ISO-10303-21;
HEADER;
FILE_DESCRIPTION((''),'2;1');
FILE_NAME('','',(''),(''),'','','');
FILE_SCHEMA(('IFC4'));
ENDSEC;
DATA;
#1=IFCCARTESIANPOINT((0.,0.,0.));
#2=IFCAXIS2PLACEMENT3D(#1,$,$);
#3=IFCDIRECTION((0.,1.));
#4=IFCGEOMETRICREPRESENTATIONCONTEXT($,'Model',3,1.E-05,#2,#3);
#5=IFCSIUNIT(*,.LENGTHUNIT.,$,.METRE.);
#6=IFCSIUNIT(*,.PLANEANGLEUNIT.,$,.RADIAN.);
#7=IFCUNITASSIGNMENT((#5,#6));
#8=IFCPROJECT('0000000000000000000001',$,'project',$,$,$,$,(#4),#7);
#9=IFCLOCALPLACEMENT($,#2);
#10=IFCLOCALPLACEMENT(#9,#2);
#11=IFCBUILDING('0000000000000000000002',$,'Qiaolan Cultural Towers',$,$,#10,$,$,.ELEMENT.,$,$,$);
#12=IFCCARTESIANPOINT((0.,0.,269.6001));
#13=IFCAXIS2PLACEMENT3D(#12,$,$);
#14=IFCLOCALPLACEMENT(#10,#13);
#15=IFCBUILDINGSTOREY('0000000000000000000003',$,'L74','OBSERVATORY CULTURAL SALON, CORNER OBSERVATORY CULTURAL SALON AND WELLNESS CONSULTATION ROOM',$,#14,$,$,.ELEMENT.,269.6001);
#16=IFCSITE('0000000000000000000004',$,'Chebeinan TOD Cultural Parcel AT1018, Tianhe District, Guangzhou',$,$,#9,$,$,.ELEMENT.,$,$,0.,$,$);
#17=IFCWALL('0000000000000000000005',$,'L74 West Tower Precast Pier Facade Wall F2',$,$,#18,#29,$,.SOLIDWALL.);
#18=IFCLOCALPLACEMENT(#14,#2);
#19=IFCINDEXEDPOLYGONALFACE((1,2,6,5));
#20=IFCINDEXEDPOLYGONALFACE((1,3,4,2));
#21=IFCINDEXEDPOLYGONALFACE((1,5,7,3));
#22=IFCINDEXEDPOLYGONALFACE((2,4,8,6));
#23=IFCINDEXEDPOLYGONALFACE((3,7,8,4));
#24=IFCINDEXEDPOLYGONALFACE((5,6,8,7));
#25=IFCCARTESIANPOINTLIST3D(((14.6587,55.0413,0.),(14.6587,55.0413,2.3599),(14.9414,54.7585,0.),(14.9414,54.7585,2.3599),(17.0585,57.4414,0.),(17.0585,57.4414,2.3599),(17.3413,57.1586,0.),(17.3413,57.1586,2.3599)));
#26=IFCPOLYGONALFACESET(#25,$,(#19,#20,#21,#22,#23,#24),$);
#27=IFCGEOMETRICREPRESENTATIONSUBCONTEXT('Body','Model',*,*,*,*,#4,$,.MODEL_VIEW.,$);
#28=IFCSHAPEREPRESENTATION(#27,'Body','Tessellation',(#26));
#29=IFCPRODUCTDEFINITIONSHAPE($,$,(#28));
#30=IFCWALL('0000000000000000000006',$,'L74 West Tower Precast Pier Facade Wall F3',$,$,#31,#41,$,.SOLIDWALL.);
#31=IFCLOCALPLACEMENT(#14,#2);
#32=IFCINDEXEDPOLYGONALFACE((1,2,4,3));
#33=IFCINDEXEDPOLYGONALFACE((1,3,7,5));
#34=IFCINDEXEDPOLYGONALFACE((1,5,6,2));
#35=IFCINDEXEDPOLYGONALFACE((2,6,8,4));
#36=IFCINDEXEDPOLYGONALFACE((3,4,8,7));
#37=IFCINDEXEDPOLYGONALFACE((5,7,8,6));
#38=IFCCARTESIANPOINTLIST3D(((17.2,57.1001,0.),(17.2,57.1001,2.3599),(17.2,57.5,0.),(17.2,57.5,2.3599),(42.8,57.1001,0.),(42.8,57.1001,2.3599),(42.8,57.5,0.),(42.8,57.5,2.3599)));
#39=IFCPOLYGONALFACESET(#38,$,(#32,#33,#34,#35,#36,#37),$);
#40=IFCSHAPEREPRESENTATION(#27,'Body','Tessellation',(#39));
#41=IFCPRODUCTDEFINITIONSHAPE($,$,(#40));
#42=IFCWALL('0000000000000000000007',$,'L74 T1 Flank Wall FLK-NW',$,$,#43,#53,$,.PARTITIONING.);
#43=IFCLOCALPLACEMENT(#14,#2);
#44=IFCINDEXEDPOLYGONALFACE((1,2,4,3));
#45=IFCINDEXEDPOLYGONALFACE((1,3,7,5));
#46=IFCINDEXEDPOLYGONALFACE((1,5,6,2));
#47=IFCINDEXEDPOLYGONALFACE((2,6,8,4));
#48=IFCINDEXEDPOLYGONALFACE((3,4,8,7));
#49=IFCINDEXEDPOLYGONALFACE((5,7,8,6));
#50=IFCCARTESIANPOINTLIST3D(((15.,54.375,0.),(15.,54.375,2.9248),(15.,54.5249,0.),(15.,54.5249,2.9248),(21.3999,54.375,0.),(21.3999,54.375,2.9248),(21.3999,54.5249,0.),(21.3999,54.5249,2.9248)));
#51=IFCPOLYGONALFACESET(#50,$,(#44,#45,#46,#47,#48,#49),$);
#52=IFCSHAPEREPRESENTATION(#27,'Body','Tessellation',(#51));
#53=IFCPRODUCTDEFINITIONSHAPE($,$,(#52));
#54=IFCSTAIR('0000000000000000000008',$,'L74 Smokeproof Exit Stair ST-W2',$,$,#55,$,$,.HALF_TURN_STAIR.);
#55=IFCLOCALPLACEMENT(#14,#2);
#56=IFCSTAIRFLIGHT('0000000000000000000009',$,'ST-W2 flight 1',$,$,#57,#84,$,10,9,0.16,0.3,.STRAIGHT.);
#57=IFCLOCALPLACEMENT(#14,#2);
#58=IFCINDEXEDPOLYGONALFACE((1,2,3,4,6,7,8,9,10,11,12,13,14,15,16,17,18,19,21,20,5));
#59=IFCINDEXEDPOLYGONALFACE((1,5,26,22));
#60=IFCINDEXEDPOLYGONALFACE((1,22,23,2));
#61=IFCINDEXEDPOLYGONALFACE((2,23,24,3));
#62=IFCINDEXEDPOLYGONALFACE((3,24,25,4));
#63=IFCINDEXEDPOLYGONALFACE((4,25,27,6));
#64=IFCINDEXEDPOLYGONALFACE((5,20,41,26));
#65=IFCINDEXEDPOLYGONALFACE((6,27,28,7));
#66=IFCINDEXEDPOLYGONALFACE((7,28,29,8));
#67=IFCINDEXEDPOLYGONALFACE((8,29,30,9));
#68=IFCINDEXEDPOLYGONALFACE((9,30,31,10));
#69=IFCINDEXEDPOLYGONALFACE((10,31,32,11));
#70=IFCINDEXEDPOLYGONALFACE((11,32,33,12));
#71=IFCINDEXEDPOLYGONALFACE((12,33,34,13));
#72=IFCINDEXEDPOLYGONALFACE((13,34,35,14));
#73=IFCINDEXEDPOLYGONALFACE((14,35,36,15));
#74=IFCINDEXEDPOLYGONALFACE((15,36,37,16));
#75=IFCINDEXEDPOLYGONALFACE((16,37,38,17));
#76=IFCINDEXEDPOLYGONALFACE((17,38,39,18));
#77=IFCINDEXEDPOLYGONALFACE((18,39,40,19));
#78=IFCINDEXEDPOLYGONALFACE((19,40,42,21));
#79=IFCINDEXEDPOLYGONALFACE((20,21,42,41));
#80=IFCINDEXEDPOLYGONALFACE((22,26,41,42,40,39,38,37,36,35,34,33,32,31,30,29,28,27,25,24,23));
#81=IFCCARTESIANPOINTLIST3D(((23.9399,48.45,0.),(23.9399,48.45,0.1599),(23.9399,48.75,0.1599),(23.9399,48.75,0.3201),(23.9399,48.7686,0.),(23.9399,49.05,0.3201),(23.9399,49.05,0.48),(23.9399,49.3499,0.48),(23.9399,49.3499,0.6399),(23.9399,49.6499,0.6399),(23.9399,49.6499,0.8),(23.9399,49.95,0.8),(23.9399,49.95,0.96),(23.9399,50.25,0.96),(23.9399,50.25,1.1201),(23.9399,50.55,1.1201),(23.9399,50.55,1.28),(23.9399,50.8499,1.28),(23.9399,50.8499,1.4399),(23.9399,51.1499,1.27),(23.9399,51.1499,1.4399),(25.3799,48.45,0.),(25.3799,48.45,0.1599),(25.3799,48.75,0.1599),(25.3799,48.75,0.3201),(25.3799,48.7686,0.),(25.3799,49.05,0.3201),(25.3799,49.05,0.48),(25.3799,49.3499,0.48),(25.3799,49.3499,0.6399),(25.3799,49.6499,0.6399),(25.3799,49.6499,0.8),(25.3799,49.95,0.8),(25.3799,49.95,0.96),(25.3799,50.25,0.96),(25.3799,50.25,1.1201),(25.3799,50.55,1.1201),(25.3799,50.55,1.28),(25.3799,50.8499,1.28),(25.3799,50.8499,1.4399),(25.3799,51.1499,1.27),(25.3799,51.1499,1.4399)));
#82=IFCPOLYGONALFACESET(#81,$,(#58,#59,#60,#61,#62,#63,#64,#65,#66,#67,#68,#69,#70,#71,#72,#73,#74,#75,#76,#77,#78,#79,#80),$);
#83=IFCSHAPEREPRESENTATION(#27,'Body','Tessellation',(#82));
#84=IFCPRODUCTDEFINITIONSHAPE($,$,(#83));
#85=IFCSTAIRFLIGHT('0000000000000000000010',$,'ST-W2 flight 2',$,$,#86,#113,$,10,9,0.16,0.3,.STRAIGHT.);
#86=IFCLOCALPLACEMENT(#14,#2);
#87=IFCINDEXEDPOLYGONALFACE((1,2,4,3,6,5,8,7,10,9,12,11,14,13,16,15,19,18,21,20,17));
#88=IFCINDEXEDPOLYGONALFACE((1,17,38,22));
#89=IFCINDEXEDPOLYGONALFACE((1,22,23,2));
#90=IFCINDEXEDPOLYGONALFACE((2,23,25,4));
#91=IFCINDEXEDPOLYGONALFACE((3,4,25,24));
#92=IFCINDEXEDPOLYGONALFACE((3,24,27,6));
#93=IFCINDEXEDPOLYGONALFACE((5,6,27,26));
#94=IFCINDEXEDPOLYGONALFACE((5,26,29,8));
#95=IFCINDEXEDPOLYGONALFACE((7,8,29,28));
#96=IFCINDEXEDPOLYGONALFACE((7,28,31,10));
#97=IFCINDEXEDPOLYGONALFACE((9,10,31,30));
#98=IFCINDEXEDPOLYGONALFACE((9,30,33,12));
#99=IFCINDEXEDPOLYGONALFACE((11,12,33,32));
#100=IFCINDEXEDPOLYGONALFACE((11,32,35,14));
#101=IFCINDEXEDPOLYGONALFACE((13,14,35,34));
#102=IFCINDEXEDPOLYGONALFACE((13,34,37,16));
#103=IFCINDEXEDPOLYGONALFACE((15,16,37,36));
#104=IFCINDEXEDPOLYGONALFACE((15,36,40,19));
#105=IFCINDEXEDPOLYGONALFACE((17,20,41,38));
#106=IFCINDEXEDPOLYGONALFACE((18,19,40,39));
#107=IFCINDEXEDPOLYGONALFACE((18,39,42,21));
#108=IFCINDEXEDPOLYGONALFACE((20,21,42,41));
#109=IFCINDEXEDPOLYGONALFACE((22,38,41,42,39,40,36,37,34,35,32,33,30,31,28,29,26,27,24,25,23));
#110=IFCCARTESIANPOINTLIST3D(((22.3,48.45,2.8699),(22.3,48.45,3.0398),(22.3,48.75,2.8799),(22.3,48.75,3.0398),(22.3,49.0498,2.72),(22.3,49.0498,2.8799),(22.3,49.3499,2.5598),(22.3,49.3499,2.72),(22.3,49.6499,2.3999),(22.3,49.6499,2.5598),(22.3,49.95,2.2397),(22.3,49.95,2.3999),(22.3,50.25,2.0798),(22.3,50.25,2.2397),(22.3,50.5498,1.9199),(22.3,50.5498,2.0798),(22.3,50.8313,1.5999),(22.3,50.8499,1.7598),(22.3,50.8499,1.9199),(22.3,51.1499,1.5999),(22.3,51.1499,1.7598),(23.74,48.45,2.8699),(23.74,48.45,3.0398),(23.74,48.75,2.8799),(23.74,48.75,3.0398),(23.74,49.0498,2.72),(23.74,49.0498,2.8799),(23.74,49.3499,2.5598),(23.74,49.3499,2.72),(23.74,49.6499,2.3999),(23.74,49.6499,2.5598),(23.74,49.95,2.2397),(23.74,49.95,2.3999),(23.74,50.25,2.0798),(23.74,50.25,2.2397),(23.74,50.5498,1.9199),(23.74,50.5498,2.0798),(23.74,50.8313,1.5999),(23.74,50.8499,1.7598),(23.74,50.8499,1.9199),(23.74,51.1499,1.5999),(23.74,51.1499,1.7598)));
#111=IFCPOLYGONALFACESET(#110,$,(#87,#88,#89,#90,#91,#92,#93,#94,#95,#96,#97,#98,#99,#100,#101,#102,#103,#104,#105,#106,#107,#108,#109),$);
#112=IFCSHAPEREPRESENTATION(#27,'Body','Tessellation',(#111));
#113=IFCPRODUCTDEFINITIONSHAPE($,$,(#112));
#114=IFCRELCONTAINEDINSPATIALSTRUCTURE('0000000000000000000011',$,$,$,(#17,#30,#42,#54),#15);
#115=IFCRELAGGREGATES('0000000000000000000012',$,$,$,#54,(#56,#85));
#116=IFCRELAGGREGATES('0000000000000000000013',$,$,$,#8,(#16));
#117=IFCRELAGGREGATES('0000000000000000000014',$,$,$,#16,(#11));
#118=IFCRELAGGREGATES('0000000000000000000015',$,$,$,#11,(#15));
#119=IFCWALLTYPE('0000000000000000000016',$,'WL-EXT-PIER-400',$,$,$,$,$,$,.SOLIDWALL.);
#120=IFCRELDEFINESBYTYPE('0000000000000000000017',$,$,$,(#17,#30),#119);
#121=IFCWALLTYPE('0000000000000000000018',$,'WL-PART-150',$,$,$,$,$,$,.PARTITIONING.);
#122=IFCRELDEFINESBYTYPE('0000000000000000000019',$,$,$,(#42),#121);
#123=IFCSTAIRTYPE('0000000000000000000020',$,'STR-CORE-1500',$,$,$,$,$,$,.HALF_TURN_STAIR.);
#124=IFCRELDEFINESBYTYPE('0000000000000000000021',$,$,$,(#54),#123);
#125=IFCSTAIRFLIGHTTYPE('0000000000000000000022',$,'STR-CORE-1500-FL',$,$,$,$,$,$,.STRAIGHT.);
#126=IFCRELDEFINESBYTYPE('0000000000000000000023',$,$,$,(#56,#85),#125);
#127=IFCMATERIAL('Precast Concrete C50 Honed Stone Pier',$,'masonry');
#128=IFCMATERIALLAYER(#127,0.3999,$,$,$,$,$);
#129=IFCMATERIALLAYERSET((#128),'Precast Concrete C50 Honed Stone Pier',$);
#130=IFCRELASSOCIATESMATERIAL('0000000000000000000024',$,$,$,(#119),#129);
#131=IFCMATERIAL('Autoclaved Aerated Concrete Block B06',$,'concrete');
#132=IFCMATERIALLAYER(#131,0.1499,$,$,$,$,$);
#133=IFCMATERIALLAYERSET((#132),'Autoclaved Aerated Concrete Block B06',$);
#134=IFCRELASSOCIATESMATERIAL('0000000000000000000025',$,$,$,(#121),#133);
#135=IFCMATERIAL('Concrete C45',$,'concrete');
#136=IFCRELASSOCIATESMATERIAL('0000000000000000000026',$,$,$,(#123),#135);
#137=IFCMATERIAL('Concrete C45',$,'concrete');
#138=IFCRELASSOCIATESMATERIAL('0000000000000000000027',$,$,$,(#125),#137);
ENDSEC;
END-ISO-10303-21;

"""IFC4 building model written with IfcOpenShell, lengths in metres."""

from ifc_helpers import new_model, si_unit, direction, frame, frame_2d, origin, place, context, subcontext, project, spatial, polyline, rectangle, outline, extrude, material, layer, layer_set, type_object, element, aggregate, save


model = new_model("IFC4")

# Units and contexts
model_context = context("Model", 3, precision=1e-05, world=origin(), true_north=direction((0.0, 1.0)))
body_context = subcontext(model_context, "Body", "Model", "MODEL_VIEW")
ifc_project = project(units=[si_unit("LENGTHUNIT", "METRE"), si_unit("PLANEANGLEUNIT", "RADIAN")], contexts=[model_context])

# Site, building, storey
site_placement = place(None, origin())
site = spatial("IfcSite", under=ifc_project, at=site_placement, Name="Chebeinan TOD Cultural Parcel AT1018, Tianhe District, Guangzhou", CompositionType="ELEMENT", RefElevation=0.0)
building_placement = place(site_placement, origin())
building = spatial("IfcBuilding", under=site, at=building_placement, Name="Qiaolan Cultural Towers", CompositionType="ELEMENT")
storey_placement = place(building_placement, frame((0.0, 0.0, 269.6001)))
storey = spatial("IfcBuildingStorey", under=building, at=storey_placement, Name="L74", Description="OBSERVATORY CULTURAL SALON, CORNER OBSERVATORY CULTURAL SALON AND WELLNESS CONSULTATION ROOM", CompositionType="ELEMENT", Elevation=269.6001)

# Walls
ifc_material_1 = material(Name="Precast Concrete C50 Honed Stone Pier", Category="masonry")
ifc_layer_1 = layer(ifc_material_1, 0.3999)
ifc_layer_set_1 = layer_set([ifc_layer_1], Name="Precast Concrete C50 Honed Stone Pier")
wall_type_1 = type_object("IfcWallType", Name="WL-EXT-PIER-400", PredefinedType="SOLIDWALL", material=ifc_layer_set_1)
wall_1_placement = place(storey_placement, frame((14.8, 54.8999, 0.0), z_axis=(0.0, 0.0, 1.0), x_axis=(0.707071, 0.707143, 0.0)))
element("IfcWall", 1, at=wall_1_placement, inside=storey, type_object=wall_type_1, Name="L74 West Tower Precast Pier Facade Wall F2", PredefinedType="SOLIDWALL", context=body_context, shape_type="SweptSolid", body=[
    extrude(rectangle(XDim=3.394, YDim=0.3999, at=frame_2d((1.697, 0.0))), origin(), (0.0, 0.0, 1.0), 2.3599),
])
wall_2_placement = place(storey_placement, frame((17.2, 57.3, 0.0), z_axis=(0.0, 0.0, 1.0), x_axis=(1.0, 0.0, 0.0)))
element("IfcWall", 2, at=wall_2_placement, inside=storey, type_object=wall_type_1, Name="L74 West Tower Precast Pier Facade Wall F3", PredefinedType="SOLIDWALL", context=body_context, shape_type="SweptSolid", body=[
    extrude(rectangle(XDim=25.6001, YDim=0.3999, at=frame_2d((12.8, 0.0))), origin(), (0.0, 0.0, 1.0), 2.3599),
])
ifc_material_2 = material(Name="Autoclaved Aerated Concrete Block B06", Category="concrete")
ifc_layer_2 = layer(ifc_material_2, 0.1499)
ifc_layer_set_2 = layer_set([ifc_layer_2], Name="Autoclaved Aerated Concrete Block B06")
wall_type_2 = type_object("IfcWallType", Name="WL-PART-150", PredefinedType="PARTITIONING", material=ifc_layer_set_2)
wall_3_placement = place(storey_placement, frame((15.0, 54.45, 0.0), z_axis=(0.0, 0.0, 1.0), x_axis=(1.0, 0.0, 0.0)))
element("IfcWall", 3, at=wall_3_placement, inside=storey, type_object=wall_type_2, Name="L74 T1 Flank Wall FLK-NW", PredefinedType="PARTITIONING", context=body_context, shape_type="SweptSolid", body=[
    extrude(rectangle(XDim=6.3999, YDim=0.1499, at=frame_2d((3.2, 0.0))), origin(), (0.0, 0.0, 1.0), 2.9248),
])

# Stair, stair flights
ifc_material_3 = material(Name="Concrete C45", Category="concrete")
stair_type = type_object("IfcStairType", Name="STR-CORE-1500", PredefinedType="HALF_TURN_STAIR", material=ifc_material_3)
stair_placement = place(storey_placement, origin())
stair = element("IfcStair", 4, at=stair_placement, inside=storey, type_object=stair_type, Name="L74 Smokeproof Exit Stair ST-W2", PredefinedType="HALF_TURN_STAIR")
ifc_material_4 = material(Name="Concrete C45", Category="concrete")
stair_flight_type = type_object("IfcStairFlightType", Name="STR-CORE-1500-FL", PredefinedType="STRAIGHT", material=ifc_material_4)
stair_flight_1_placement = place(storey_placement, frame((24.6599, 48.45, 0.0), z_axis=(0.0, 0.0, 1.0), x_axis=(0.0, 1.0, 0.0)))
stair_flight_1 = element("IfcStairFlight", 5, at=stair_flight_1_placement, type_object=stair_flight_type, Name="ST-W2 flight 1", NumberOfRisers=10, NumberOfTreads=9, PredefinedType="STRAIGHT", RiserHeight=0.16, TreadLength=0.3, context=body_context, shape_type="SweptSolid", body=[
    extrude(outline(polyline([(0.0, 0.0), (0.0, 0.1599), (0.3, 0.1599), (0.3, 0.3201), (0.6001, 0.3201), (0.6001, 0.48), (0.8999, 0.48), (0.8999, 0.6399), (1.2, 0.6399), (1.2, 0.8), (1.5, 0.8), (1.5, 0.96), (1.8, 0.96), (1.8, 1.1201), (2.1001, 1.1201), (2.1001, 1.28), (2.3999, 1.28), (2.3999, 1.4399), (2.7, 1.4399), (2.7, 1.6001), (2.7, 1.27), (0.3186, 0.0), (0.0, 0.0)])), frame((0.0, 0.72, 0.0), z_axis=(0.0, -1.0, 0.0), x_axis=(1.0, 0.0, 0.0)), (0.0, 0.0, 1.0), 1.4399),
])
stair_flight_2_placement = place(storey_placement, frame((23.02, 51.1499, 1.5999), z_axis=(0.0, 0.0, 1.0), x_axis=(0.0, -1.0, 0.0)))
stair_flight_2 = element("IfcStairFlight", 6, at=stair_flight_2_placement, type_object=stair_flight_type, Name="ST-W2 flight 2", NumberOfRisers=10, NumberOfTreads=9, PredefinedType="STRAIGHT", RiserHeight=0.16, TreadLength=0.3, context=body_context, shape_type="SweptSolid", body=[
    extrude(outline(polyline([(0.0, 0.0), (0.0, 0.1599), (0.3, 0.1599), (0.3, 0.3201), (0.6001, 0.3201), (0.6001, 0.48), (0.8999, 0.48), (0.8999, 0.6399), (1.2, 0.6399), (1.2, 0.8), (1.5, 0.8), (1.5, 0.96), (1.8, 0.96), (1.8, 1.1201), (2.1001, 1.1201), (2.1001, 1.28), (2.3999, 1.28), (2.3999, 1.4399), (2.7, 1.4399), (2.7, 1.6001), (2.7, 1.27), (0.3186, 0.0), (0.0, 0.0)])), frame((0.0, 0.72, 0.0), z_axis=(0.0, -1.0, 0.0), x_axis=(1.0, 0.0, 0.0)), (0.0, 0.0, 1.0), 1.4399),
])
aggregate(stair, [stair_flight_1, stair_flight_2])

save(model, "model.ifc")
